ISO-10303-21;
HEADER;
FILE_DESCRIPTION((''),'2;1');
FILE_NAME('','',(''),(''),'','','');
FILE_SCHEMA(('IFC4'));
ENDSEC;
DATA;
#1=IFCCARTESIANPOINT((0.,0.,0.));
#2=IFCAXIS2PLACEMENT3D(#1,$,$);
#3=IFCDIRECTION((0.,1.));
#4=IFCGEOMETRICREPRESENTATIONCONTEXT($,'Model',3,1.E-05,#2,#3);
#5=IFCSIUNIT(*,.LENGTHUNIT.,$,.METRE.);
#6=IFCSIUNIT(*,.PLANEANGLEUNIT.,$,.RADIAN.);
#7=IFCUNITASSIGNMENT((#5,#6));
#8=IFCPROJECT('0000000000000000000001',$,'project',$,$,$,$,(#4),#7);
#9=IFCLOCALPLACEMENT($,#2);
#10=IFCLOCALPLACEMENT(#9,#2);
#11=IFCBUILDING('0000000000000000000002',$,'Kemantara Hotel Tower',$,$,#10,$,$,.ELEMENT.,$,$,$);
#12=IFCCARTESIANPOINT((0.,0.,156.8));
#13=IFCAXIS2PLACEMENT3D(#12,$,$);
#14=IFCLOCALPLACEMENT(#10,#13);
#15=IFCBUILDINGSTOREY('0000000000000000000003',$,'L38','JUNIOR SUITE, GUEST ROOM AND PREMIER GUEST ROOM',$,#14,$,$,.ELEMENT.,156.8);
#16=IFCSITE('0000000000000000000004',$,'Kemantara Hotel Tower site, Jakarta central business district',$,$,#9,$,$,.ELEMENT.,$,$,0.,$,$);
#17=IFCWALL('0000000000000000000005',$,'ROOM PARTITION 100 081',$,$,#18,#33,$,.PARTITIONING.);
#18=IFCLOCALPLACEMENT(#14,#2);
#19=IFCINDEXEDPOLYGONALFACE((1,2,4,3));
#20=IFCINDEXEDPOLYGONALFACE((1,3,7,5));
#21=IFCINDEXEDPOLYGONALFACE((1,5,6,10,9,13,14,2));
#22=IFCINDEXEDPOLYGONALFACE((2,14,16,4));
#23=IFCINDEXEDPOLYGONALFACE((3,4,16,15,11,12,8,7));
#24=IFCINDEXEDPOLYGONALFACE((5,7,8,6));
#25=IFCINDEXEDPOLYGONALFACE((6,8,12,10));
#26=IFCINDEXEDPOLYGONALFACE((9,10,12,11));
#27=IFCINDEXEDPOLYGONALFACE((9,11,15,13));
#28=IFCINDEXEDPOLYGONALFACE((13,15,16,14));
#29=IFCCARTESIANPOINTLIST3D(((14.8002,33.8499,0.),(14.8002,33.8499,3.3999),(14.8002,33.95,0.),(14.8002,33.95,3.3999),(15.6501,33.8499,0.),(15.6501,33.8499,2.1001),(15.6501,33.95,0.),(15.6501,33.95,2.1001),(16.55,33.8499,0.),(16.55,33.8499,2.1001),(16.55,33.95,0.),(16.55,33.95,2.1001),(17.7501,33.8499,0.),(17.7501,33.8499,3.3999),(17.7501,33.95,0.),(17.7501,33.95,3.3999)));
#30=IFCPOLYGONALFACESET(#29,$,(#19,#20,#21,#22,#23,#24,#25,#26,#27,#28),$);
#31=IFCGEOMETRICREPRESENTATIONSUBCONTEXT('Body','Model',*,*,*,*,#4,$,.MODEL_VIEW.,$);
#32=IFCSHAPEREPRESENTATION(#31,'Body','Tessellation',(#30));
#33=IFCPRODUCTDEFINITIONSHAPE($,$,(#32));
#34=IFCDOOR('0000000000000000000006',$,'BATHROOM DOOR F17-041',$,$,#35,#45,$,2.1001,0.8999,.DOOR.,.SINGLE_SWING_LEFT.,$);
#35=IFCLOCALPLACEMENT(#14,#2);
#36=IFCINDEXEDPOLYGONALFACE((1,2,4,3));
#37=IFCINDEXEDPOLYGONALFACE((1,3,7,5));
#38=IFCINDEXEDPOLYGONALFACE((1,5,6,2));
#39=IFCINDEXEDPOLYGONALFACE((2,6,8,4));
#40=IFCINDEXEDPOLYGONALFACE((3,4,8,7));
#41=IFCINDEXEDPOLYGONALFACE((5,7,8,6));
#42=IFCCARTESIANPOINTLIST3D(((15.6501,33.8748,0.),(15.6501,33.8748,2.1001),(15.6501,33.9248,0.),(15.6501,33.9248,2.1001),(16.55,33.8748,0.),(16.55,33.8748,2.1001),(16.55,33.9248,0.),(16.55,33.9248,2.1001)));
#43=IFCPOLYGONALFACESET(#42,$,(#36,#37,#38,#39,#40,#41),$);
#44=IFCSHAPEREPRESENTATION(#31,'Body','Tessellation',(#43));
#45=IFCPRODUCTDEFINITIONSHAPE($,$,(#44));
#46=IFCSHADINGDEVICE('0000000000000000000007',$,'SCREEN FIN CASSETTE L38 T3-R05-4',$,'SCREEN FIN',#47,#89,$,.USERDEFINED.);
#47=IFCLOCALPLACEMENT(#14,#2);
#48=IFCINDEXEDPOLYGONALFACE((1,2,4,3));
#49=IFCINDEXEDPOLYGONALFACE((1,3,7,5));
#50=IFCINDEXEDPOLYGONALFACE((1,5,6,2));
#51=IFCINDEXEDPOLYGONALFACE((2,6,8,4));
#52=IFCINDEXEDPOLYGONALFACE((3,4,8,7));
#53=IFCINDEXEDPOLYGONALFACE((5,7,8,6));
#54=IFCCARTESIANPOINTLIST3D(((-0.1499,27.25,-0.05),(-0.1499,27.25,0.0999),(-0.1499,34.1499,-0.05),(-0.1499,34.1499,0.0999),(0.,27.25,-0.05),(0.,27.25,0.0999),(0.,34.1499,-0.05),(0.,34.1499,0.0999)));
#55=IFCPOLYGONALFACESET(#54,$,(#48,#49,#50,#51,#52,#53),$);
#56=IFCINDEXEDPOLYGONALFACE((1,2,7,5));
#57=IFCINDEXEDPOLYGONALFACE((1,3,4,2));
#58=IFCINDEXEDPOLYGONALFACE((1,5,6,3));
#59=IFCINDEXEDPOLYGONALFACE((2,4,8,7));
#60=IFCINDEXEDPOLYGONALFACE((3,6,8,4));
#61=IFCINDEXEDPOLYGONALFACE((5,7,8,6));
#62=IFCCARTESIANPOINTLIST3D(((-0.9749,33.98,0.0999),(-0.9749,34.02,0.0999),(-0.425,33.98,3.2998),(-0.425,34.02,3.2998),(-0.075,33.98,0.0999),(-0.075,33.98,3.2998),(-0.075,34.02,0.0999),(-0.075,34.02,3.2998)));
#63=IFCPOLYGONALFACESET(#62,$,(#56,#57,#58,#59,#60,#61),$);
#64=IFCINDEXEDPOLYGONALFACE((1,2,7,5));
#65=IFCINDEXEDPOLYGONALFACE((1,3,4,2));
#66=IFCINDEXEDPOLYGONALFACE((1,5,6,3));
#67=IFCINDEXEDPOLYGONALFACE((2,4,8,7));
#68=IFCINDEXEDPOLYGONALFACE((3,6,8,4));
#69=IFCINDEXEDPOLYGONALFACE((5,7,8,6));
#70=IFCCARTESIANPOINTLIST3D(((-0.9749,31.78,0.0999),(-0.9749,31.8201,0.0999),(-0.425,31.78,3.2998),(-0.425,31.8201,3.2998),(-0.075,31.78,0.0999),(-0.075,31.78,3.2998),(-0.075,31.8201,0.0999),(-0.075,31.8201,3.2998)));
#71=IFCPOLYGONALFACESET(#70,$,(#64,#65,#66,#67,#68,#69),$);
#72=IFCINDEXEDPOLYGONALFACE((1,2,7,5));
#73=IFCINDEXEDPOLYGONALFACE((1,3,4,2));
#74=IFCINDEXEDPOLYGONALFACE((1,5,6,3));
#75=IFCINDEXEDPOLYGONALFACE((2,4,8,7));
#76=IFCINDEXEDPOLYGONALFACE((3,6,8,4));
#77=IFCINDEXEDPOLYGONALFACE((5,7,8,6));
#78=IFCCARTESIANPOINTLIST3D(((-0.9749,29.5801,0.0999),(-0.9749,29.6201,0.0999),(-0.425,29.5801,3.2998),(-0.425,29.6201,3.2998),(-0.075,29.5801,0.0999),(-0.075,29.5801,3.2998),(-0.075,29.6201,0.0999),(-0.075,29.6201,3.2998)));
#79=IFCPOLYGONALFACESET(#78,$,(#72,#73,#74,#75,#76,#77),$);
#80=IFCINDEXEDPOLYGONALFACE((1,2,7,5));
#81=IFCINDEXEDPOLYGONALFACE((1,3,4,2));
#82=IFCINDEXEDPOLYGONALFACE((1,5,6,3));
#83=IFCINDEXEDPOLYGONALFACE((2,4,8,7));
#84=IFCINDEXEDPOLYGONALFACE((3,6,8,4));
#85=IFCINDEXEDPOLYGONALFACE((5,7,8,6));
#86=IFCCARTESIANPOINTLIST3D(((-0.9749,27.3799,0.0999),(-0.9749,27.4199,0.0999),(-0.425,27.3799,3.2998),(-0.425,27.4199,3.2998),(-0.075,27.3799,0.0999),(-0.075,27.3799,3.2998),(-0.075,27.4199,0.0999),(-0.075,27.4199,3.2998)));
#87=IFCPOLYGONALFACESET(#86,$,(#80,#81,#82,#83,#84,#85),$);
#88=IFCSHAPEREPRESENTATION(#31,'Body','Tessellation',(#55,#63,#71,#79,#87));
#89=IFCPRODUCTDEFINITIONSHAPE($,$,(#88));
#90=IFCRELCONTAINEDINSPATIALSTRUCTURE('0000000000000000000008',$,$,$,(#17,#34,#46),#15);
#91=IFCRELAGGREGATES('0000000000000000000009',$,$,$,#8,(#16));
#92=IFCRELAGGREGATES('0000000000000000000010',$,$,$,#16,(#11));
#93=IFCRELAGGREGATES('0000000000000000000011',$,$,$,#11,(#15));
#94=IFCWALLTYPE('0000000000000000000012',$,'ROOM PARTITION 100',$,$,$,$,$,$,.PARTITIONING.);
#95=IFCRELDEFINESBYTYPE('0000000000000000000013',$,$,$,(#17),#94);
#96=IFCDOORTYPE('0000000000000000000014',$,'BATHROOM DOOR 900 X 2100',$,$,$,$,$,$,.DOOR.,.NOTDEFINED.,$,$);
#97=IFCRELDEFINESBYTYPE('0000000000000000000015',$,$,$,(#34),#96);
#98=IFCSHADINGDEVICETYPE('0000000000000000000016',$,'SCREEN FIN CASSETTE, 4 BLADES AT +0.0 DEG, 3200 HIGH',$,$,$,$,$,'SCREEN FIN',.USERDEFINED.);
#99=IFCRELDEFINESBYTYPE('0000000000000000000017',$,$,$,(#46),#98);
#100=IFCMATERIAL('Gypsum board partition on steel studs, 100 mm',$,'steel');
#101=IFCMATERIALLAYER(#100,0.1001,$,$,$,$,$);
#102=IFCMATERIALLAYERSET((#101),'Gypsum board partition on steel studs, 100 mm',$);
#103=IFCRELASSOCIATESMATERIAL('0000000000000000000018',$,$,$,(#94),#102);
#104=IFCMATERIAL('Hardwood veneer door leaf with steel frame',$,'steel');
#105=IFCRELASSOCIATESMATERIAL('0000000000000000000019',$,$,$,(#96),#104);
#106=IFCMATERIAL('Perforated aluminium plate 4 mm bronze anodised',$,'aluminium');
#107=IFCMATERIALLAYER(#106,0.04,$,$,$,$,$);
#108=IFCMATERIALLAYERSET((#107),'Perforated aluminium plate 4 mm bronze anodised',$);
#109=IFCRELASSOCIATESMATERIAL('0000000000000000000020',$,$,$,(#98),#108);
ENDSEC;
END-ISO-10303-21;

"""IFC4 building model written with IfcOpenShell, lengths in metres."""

from ifc_helpers import new_model, si_unit, direction, frame, frame_2d, origin, origin_2d, place, context, subcontext, project, spatial, polyline, rectangle, outline, extrude, source, transform, mapped, material, layer, layer_set, type_object, element, fill, save


model = new_model("IFC4")

# Units and contexts
model_context = context("Model", 3, precision=1e-05, world=origin(), true_north=direction((0.0, 1.0)))
body_context = subcontext(model_context, "Body", "Model", "MODEL_VIEW")
ifc_project = project(units=[si_unit("LENGTHUNIT", "METRE"), si_unit("PLANEANGLEUNIT", "RADIAN")], contexts=[model_context])

# Site, building, storey
site_placement = place(None, origin())
site = spatial("IfcSite", under=ifc_project, at=site_placement, Name="Kemantara Hotel Tower site, Jakarta central business district", CompositionType="ELEMENT", RefElevation=0.0)
building_placement = place(site_placement, origin())
building = spatial("IfcBuilding", under=site, at=building_placement, Name="Kemantara Hotel Tower", CompositionType="ELEMENT")
storey_placement = place(building_placement, frame((0.0, 0.0, 156.8)))
storey = spatial("IfcBuildingStorey", under=building, at=storey_placement, Name="L38", Description="JUNIOR SUITE, GUEST ROOM AND PREMIER GUEST ROOM", CompositionType="ELEMENT", Elevation=156.8)

# Shared definitions
ifc_material_1 = material(Name="Hardwood veneer door leaf with steel frame", Category="steel")

# Shared definitions
ifc_material_2 = material(Name="Gypsum board partition on steel studs, 100 mm", Category="steel")
ifc_layer_1 = layer(ifc_material_2, 0.1001)
ifc_layer_set_1 = layer_set([ifc_layer_1], Name="Gypsum board partition on steel studs, 100 mm")
wall_type_1 = type_object("IfcWallType", Name="ROOM PARTITION 100", PredefinedType="PARTITIONING", material=ifc_layer_set_1)

# Shared definitions
door_type_1 = type_object("IfcDoorType", Name="BATHROOM DOOR 900 X 2100", OperationType="NOTDEFINED", PredefinedType="DOOR", material=ifc_material_1)

# Wall, opening, door
wall_1_placement = place(storey_placement, frame((14.8, 33.8999, 0.0), z_axis=(0.0, 0.0, 1.0), x_axis=(1.0, 0.0, 0.0)))
wall_1 = element("IfcWall", 1, at=wall_1_placement, inside=storey, type_object=wall_type_1, Name="ROOM PARTITION 100 081", PredefinedType="PARTITIONING", context=body_context, shape_type="SweptSolid", body=[
    extrude(rectangle(XDim=2.95, YDim=0.1001, at=frame_2d((1.4751, 0.0))), origin(), (0.0, 0.0, 1.0), 3.3999),
])
opening_1_placement = place(wall_1_placement, frame((0.8501, 0.0, 0.0)))
opening_1 = element("IfcOpeningElement", 2, at=opening_1_placement, cuts=wall_1, PredefinedType="OPENING", context=body_context, shape_type="SweptSolid", body=[
    extrude(rectangle(XDim=0.8999, YDim=2.1001, at=frame_2d((0.45, 1.05))), frame((0.0, 0.0601, 0.0), z_axis=(0.0, -1.0, 0.0), x_axis=(1.0, 0.0, 0.0)), (0.0, 0.0, 1.0), 0.1201),
])
door_1_placement = place(opening_1_placement, origin())
door_1 = element("IfcDoor", 3, at=door_1_placement, inside=storey, type_object=door_type_1, Name="BATHROOM DOOR F17-041", OperationType="SINGLE_SWING_LEFT", OverallHeight=2.1001, OverallWidth=0.8999, PredefinedType="DOOR", context=body_context, shape_type="SweptSolid", body=[
    extrude(rectangle(XDim=0.8999, YDim=2.1001, at=frame_2d((0.45, 1.05))), frame((0.0, 0.0249, 0.0), z_axis=(0.0, -1.0, 0.0), x_axis=(1.0, 0.0, 0.0)), (0.0, 0.0, 1.0), 0.05),
])
fill(opening_1, door_1)

# Shading device
ifc_material_3 = material(Name="Perforated aluminium plate 4 mm bronze anodised", Category="aluminium")
ifc_layer_2 = layer(ifc_material_3, 0.04)
ifc_layer_set_2 = layer_set([ifc_layer_2], Name="Perforated aluminium plate 4 mm bronze anodised")
shading_device_type = type_object("IfcShadingDeviceType", Name="SCREEN FIN CASSETTE, 4 BLADES AT +0.0 DEG, 3200 HIGH", ElementType="SCREEN FIN", PredefinedType="USERDEFINED", material=ifc_layer_set_2)
shared_shape_1 = source(origin(), body_context, "Body", "SweptSolid", [
    extrude(rectangle(XDim=6.8999, YDim=0.1499, at=origin_2d()), frame((3.3, -0.075, -0.1499), z_axis=(0.0, 0.0, 1.0), x_axis=(1.0, 0.0, 0.0)), (0.0, 0.0, 1.0), 0.1499),
    extrude(outline(polyline([(0.0, 0.0), (0.8999, 0.0), (0.3501, 3.2), (0.0, 3.2), (0.0, 0.0)])), frame((0.02, -0.075, 0.0), z_axis=(-1.0, 0.0, 0.0), x_axis=(0.0, -1.0, 0.0)), (0.0, 0.0, 1.0), 0.04),
    extrude(outline(polyline([(0.0, 0.0), (0.8999, 0.0), (0.3501, 3.2), (0.0, 3.2), (0.0, 0.0)])), frame((2.22, -0.075, 0.0), z_axis=(-1.0, 0.0, 0.0), x_axis=(0.0, -1.0, 0.0)), (0.0, 0.0, 1.0), 0.04),
    extrude(outline(polyline([(0.0, 0.0), (0.8999, 0.0), (0.3501, 3.2), (0.0, 3.2), (0.0, 0.0)])), frame((4.4199, -0.075, 0.0), z_axis=(-1.0, 0.0, 0.0), x_axis=(0.0, -1.0, 0.0)), (0.0, 0.0, 1.0), 0.04),
    extrude(outline(polyline([(0.0, 0.0), (0.8999, 0.0), (0.3501, 3.2), (0.0, 3.2), (0.0, 0.0)])), frame((6.6201, -0.075, 0.0), z_axis=(-1.0, 0.0, 0.0), x_axis=(0.0, -1.0, 0.0)), (0.0, 0.0, 1.0), 0.04),
])
shading_device_placement = place(storey_placement, frame((0.0, 34.0, 0.0999), z_axis=(0.0, 0.0, 1.0), x_axis=(0.0, -1.0, 0.0)))
element("IfcShadingDevice", 4, at=shading_device_placement, inside=storey, type_object=shading_device_type, Name="SCREEN FIN CASSETTE L38 T3-R05-4", ObjectType="SCREEN FIN", PredefinedType="USERDEFINED", context=body_context, shape_type="MappedRepresentation", body=[
    mapped(shared_shape_1, transform((0.0, 0.0, 0.0))),
])

save(model, "model.ifc")
